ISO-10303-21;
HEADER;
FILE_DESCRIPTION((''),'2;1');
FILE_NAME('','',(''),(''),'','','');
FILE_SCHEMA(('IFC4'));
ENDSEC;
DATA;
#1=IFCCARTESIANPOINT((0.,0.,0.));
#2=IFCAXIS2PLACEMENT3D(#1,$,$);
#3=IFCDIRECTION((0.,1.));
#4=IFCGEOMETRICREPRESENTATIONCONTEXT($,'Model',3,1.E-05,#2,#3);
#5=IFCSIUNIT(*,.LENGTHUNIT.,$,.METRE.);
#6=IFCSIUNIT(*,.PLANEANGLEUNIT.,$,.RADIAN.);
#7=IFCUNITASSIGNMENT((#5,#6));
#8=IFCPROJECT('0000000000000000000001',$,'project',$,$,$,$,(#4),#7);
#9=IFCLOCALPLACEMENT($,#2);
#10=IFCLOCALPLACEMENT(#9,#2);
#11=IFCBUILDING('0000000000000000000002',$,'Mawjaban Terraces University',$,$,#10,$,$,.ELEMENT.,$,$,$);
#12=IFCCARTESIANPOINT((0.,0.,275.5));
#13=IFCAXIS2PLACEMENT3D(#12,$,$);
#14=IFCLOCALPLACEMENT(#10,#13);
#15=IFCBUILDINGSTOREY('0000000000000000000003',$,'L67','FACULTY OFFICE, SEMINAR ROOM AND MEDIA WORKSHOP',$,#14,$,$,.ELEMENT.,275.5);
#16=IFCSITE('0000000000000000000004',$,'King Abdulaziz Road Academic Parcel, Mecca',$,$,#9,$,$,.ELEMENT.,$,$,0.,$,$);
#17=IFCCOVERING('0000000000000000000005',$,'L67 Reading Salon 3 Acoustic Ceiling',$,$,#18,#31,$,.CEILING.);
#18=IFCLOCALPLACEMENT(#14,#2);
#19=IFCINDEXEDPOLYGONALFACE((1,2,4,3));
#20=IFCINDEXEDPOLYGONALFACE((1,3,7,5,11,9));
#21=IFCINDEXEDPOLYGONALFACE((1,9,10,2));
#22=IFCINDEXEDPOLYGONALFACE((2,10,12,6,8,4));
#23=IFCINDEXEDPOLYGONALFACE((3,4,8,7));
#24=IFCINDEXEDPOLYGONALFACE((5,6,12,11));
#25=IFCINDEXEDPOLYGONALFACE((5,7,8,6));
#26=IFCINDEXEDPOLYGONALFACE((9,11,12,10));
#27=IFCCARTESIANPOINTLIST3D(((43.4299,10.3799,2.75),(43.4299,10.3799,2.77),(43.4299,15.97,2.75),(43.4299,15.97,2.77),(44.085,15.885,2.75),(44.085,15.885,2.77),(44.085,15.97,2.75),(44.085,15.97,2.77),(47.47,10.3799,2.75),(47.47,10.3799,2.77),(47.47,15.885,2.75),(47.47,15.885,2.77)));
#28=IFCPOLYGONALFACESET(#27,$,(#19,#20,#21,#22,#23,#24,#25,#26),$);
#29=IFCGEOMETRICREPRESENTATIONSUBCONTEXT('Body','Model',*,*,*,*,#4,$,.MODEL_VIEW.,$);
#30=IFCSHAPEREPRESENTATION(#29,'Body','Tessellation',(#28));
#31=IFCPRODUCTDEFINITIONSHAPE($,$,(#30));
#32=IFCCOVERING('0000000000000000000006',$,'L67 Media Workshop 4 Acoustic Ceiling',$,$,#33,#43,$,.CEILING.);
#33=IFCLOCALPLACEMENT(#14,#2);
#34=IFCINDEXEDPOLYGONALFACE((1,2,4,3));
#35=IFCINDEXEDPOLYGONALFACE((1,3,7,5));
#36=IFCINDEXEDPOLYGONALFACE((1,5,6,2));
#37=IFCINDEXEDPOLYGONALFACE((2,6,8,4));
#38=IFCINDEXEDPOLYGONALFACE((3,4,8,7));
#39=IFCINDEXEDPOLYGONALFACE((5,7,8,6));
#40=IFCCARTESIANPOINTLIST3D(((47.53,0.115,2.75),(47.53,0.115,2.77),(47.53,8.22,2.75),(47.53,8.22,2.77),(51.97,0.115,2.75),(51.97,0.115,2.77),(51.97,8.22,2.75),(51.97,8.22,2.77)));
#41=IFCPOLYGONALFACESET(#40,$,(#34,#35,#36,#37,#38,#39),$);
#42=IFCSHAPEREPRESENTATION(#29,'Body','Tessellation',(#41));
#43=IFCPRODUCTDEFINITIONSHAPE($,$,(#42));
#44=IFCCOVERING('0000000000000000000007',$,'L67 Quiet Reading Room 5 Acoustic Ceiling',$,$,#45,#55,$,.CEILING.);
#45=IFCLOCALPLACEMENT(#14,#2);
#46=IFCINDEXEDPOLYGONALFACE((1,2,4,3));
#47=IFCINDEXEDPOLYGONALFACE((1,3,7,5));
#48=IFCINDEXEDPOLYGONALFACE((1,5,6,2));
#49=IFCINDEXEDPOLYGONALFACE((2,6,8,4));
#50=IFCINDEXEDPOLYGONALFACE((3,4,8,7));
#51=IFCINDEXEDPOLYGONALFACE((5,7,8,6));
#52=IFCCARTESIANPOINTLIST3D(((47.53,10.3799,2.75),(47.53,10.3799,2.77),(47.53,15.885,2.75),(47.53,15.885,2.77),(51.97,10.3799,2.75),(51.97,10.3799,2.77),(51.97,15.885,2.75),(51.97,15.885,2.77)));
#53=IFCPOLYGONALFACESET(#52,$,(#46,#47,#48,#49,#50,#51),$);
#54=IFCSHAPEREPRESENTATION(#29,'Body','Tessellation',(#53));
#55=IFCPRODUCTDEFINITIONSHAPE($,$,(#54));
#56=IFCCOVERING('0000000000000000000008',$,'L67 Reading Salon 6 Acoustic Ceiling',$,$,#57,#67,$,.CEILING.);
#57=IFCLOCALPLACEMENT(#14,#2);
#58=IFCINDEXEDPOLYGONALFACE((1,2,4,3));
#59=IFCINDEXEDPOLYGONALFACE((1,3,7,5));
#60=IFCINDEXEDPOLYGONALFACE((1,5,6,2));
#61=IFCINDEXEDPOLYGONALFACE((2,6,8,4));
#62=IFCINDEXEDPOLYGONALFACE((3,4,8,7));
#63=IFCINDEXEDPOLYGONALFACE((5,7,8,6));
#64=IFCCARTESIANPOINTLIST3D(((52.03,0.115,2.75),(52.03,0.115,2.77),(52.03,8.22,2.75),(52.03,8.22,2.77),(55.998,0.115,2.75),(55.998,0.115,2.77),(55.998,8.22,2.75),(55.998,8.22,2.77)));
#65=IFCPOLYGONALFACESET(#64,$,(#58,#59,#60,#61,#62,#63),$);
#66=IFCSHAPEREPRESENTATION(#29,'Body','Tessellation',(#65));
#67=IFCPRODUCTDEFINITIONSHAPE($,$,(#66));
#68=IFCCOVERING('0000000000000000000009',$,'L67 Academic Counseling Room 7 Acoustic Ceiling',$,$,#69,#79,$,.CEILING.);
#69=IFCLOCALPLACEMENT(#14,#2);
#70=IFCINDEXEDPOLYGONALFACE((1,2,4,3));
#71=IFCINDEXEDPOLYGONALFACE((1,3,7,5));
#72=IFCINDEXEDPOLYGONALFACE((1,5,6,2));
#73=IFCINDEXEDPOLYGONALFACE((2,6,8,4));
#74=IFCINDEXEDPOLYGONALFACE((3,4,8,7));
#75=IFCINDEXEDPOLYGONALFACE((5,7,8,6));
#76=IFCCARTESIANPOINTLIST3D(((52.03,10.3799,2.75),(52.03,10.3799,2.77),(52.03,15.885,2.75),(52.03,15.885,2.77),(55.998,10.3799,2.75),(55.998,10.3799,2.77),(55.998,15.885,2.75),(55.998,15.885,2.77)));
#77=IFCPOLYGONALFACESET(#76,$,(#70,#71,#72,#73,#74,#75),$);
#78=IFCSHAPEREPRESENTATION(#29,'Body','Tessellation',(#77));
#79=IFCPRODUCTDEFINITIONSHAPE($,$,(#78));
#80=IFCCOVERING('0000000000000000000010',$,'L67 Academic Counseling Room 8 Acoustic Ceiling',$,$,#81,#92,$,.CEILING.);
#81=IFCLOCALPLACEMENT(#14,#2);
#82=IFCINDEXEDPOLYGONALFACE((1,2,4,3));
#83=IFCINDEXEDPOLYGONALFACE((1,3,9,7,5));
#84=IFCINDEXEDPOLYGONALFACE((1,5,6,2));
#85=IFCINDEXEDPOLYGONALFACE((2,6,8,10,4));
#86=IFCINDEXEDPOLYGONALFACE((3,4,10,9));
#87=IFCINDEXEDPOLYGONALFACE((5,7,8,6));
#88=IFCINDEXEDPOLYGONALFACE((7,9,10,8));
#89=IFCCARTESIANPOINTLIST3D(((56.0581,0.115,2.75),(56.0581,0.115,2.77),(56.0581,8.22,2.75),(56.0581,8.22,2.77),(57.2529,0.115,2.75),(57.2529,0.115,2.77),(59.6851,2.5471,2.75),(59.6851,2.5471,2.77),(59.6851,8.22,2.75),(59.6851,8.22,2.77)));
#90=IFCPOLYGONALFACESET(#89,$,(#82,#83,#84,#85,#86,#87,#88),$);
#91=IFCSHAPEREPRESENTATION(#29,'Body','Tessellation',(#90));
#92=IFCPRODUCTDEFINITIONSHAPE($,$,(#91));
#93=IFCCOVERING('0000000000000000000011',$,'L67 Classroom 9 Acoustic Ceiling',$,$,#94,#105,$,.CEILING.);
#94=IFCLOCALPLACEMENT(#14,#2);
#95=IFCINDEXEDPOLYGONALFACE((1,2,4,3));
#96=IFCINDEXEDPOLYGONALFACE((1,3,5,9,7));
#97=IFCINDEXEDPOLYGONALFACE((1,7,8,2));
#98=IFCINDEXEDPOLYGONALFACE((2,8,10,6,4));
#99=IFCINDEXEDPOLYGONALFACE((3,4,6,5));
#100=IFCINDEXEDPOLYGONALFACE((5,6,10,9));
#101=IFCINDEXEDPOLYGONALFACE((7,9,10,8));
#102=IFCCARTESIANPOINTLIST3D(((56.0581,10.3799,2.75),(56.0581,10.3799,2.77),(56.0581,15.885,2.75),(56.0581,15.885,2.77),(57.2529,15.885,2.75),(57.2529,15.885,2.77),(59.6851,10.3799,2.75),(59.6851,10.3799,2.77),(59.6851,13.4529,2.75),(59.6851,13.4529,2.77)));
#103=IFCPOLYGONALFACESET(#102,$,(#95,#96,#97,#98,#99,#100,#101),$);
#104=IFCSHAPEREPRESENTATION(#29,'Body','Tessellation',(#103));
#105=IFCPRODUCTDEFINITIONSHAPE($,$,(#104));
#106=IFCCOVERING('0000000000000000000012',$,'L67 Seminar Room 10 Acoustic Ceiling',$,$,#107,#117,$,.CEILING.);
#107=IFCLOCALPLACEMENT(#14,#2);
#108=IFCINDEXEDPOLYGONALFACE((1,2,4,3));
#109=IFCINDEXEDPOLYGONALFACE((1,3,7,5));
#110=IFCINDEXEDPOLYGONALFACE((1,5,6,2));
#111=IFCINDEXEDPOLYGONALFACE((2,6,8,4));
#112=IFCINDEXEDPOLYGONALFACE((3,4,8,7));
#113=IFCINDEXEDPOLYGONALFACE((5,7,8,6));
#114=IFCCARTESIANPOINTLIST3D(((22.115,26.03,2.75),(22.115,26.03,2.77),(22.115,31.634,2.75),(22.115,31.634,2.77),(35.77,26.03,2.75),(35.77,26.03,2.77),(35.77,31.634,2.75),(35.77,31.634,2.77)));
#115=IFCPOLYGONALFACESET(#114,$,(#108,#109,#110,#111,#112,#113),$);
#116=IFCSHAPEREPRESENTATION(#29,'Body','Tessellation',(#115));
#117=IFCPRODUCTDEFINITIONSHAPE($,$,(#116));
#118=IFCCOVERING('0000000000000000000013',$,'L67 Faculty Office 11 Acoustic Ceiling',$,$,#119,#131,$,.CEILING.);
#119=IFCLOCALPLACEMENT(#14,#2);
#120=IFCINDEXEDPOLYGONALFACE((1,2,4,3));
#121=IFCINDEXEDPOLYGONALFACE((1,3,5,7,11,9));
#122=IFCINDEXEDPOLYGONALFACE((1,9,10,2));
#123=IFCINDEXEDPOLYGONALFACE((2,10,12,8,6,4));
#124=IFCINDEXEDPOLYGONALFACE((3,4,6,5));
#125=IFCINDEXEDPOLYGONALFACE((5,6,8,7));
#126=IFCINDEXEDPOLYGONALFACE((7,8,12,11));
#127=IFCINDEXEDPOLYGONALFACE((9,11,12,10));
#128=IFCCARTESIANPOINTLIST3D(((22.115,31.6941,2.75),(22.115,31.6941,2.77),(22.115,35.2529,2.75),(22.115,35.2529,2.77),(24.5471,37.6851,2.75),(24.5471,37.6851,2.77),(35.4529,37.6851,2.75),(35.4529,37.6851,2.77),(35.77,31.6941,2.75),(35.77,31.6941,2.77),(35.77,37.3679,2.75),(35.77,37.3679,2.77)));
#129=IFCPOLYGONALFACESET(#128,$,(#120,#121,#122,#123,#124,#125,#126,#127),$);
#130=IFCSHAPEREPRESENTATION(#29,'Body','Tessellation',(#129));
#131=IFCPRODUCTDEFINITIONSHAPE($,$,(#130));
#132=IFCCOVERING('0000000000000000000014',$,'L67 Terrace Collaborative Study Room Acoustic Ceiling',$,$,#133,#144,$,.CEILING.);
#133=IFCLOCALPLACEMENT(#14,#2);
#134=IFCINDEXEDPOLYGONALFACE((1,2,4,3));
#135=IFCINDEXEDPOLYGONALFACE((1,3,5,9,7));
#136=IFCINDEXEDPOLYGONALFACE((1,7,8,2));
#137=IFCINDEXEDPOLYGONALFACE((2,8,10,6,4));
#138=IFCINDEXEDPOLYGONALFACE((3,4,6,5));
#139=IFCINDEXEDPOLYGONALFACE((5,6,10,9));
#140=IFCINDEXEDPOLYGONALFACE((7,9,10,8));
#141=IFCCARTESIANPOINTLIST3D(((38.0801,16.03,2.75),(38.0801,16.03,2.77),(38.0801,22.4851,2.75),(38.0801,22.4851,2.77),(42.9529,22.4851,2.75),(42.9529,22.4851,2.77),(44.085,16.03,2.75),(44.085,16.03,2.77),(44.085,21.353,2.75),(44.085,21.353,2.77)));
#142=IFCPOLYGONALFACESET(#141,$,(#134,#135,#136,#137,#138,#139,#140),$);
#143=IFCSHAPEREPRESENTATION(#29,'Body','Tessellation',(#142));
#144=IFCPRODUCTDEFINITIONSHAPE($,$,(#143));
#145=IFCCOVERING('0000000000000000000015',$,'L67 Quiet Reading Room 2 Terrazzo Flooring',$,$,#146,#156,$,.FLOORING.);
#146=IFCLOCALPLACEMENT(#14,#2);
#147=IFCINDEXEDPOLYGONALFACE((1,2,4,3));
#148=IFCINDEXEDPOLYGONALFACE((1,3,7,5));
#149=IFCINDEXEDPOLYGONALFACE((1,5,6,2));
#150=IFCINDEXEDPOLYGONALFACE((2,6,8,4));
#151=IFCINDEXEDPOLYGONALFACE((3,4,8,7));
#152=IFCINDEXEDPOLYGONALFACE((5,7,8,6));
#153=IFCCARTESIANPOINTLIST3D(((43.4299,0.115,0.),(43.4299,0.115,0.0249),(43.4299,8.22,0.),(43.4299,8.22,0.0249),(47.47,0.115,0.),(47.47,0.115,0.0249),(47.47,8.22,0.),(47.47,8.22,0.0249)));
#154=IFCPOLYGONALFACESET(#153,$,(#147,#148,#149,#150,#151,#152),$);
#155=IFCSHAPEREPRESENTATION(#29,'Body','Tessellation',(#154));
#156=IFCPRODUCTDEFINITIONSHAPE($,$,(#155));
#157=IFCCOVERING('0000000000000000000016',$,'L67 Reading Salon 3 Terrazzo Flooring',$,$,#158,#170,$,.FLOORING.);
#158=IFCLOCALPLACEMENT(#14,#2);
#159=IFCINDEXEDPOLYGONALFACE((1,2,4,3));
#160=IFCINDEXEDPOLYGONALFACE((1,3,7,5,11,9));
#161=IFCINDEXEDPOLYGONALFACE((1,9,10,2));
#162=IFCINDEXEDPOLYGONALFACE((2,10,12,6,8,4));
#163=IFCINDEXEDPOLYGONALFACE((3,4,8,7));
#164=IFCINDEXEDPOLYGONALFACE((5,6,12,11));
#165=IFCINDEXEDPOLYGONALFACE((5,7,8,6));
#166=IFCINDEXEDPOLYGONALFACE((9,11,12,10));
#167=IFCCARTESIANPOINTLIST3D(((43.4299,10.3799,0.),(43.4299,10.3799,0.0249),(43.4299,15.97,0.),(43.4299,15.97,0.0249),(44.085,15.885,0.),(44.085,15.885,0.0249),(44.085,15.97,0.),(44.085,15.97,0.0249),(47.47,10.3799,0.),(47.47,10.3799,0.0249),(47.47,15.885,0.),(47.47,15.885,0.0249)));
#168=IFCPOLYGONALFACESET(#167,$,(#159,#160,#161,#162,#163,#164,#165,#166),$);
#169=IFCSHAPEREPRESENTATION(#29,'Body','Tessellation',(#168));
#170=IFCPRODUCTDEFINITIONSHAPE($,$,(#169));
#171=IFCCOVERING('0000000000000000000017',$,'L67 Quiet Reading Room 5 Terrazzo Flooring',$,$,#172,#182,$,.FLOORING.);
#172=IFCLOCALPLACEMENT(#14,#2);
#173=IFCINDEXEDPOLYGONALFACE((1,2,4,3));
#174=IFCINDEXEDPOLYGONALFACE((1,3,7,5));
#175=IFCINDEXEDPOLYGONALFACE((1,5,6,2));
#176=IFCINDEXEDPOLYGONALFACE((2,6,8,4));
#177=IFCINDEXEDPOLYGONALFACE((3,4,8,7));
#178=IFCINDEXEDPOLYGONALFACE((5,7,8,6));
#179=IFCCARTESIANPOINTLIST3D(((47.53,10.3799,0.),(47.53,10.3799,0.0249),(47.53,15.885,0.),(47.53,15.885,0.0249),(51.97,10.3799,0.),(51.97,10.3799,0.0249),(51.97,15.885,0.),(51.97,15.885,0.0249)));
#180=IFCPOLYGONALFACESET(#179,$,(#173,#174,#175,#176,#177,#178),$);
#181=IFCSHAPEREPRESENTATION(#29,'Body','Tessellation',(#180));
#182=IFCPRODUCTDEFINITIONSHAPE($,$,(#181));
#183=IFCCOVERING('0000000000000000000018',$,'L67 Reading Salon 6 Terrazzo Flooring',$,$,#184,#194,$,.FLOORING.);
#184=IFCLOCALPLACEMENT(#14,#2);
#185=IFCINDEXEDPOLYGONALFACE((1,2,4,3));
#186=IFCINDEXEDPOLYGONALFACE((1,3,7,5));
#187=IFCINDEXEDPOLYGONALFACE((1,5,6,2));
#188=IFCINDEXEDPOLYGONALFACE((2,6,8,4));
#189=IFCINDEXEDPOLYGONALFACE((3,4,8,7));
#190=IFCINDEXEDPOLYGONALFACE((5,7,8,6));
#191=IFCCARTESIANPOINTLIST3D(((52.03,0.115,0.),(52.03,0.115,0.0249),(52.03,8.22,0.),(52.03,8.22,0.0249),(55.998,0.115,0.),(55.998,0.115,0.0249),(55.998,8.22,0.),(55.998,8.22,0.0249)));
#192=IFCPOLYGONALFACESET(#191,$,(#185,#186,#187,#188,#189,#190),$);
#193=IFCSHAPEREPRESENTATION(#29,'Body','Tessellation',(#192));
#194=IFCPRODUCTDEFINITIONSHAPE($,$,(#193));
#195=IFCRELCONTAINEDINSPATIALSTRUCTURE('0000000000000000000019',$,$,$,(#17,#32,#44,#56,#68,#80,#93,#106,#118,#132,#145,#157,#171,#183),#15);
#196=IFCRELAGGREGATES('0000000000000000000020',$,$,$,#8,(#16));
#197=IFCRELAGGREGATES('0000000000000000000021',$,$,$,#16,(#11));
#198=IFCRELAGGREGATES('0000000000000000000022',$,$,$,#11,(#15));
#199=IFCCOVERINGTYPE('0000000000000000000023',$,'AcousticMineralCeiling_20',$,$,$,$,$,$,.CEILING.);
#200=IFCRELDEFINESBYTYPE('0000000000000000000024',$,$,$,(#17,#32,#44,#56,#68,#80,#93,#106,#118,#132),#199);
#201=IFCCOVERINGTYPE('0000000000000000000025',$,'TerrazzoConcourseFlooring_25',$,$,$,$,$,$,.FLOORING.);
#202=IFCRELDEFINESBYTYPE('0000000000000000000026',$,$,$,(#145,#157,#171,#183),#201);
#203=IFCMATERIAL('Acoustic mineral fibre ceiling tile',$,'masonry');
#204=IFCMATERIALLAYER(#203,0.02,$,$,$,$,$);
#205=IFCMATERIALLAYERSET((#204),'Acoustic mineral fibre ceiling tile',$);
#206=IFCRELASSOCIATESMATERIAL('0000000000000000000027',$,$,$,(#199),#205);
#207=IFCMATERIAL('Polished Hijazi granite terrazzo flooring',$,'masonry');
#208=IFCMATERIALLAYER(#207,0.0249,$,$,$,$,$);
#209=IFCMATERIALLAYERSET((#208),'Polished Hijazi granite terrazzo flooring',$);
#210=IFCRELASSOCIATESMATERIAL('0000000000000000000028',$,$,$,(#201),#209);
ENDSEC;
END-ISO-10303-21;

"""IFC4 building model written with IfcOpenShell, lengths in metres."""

from ifc_helpers import new_model, si_unit, direction, frame, origin, place, context, subcontext, project, spatial, polyline, outline, extrude, material, layer, layer_set, type_object, element, save


model = new_model("IFC4")

# Units and contexts
model_context = context("Model", 3, precision=1e-05, world=origin(), true_north=direction((0.0, 1.0)))
body_context = subcontext(model_context, "Body", "Model", "MODEL_VIEW")
ifc_project = project(units=[si_unit("LENGTHUNIT", "METRE"), si_unit("PLANEANGLEUNIT", "RADIAN")], contexts=[model_context])

# Site, building, storey
site_placement = place(None, origin())
site = spatial("IfcSite", under=ifc_project, at=site_placement, Name="King Abdulaziz Road Academic Parcel, Mecca", CompositionType="ELEMENT", RefElevation=0.0)
building_placement = place(site_placement, origin())
building = spatial("IfcBuilding", under=site, at=building_placement, Name="Mawjaban Terraces University", CompositionType="ELEMENT")
storey_placement = place(building_placement, frame((0.0, 0.0, 275.5)))
storey = spatial("IfcBuildingStorey", under=building, at=storey_placement, Name="L67", Description="FACULTY OFFICE, SEMINAR ROOM AND MEDIA WORKSHOP", CompositionType="ELEMENT", Elevation=275.5)

# Coverings
ifc_material_1 = material(Name="Acoustic mineral fibre ceiling tile", Category="masonry")
ifc_layer_1 = layer(ifc_material_1, 0.02)
ifc_layer_set_1 = layer_set([ifc_layer_1], Name="Acoustic mineral fibre ceiling tile")
covering_type_1 = type_object("IfcCoveringType", Name="AcousticMineralCeiling_20", PredefinedType="CEILING", material=ifc_layer_set_1)
covering_1_placement = place(storey_placement, frame((0.0, 0.0, 2.75)))
element("IfcCovering", 1, at=covering_1_placement, inside=storey, type_object=covering_type_1, Name="L67 Reading Salon 3 Acoustic Ceiling", PredefinedType="CEILING", context=body_context, shape_type="SweptSolid", body=[
    extrude(outline(polyline([(47.47, 15.885), (44.085, 15.885), (44.085, 15.97), (43.4299, 15.97), (43.4299, 10.3799), (47.47, 10.3799), (47.47, 15.885)])), origin(), (0.0, 0.0, 1.0), 0.02),
])
covering_2_placement = place(storey_placement, frame((0.0, 0.0, 2.75)))
element("IfcCovering", 2, at=covering_2_placement, inside=storey, type_object=covering_type_1, Name="L67 Media Workshop 4 Acoustic Ceiling", PredefinedType="CEILING", context=body_context, shape_type="SweptSolid", body=[
    extrude(outline(polyline([(47.53, 0.115), (51.97, 0.115), (51.97, 8.22), (47.53, 8.22), (47.53, 0.115)])), origin(), (0.0, 0.0, 1.0), 0.02),
])
covering_3_placement = place(storey_placement, frame((0.0, 0.0, 2.75)))
element("IfcCovering", 3, at=covering_3_placement, inside=storey, type_object=covering_type_1, Name="L67 Quiet Reading Room 5 Acoustic Ceiling", PredefinedType="CEILING", context=body_context, shape_type="SweptSolid", body=[
    extrude(outline(polyline([(51.97, 15.885), (47.53, 15.885), (47.53, 10.3799), (51.97, 10.3799), (51.97, 15.885)])), origin(), (0.0, 0.0, 1.0), 0.02),
])
covering_4_placement = place(storey_placement, frame((0.0, 0.0, 2.75)))
element("IfcCovering", 4, at=covering_4_placement, inside=storey, type_object=covering_type_1, Name="L67 Reading Salon 6 Acoustic Ceiling", PredefinedType="CEILING", context=body_context, shape_type="SweptSolid", body=[
    extrude(outline(polyline([(52.03, 0.115), (55.998, 0.115), (55.998, 8.22), (52.03, 8.22), (52.03, 0.115)])), origin(), (0.0, 0.0, 1.0), 0.02),
])
covering_5_placement = place(storey_placement, frame((0.0, 0.0, 2.75)))
element("IfcCovering", 5, at=covering_5_placement, inside=storey, type_object=covering_type_1, Name="L67 Academic Counseling Room 7 Acoustic Ceiling", PredefinedType="CEILING", context=body_context, shape_type="SweptSolid", body=[
    extrude(outline(polyline([(55.998, 15.885), (52.03, 15.885), (52.03, 10.3799), (55.998, 10.3799), (55.998, 15.885)])), origin(), (0.0, 0.0, 1.0), 0.02),
])
covering_6_placement = place(storey_placement, frame((0.0, 0.0, 2.75)))
element("IfcCovering", 6, at=covering_6_placement, inside=storey, type_object=covering_type_1, Name="L67 Academic Counseling Room 8 Acoustic Ceiling", PredefinedType="CEILING", context=body_context, shape_type="SweptSolid", body=[
    extrude(outline(polyline([(56.0581, 0.115), (57.2529, 0.115), (59.6851, 2.5471), (59.6851, 8.22), (56.0581, 8.22), (56.0581, 0.115)])), origin(), (0.0, 0.0, 1.0), 0.02),
])
covering_7_placement = place(storey_placement, frame((0.0, 0.0, 2.75)))
element("IfcCovering", 7, at=covering_7_placement, inside=storey, type_object=covering_type_1, Name="L67 Classroom 9 Acoustic Ceiling", PredefinedType="CEILING", context=body_context, shape_type="SweptSolid", body=[
    extrude(outline(polyline([(59.6851, 10.3799), (59.6851, 13.4529), (57.2529, 15.885), (56.0581, 15.885), (56.0581, 10.3799), (59.6851, 10.3799)])), origin(), (0.0, 0.0, 1.0), 0.02),
])
covering_8_placement = place(storey_placement, frame((0.0, 0.0, 2.75)))
element("IfcCovering", 8, at=covering_8_placement, inside=storey, type_object=covering_type_1, Name="L67 Seminar Room 10 Acoustic Ceiling", PredefinedType="CEILING", context=body_context, shape_type="SweptSolid", body=[
    extrude(outline(polyline([(22.115, 31.634), (22.115, 26.03), (35.77, 26.03), (35.77, 31.634), (22.115, 31.634)])), origin(), (0.0, 0.0, 1.0), 0.02),
])
covering_9_placement = place(storey_placement, frame((0.0, 0.0, 2.75)))
element("IfcCovering", 9, at=covering_9_placement, inside=storey, type_object=covering_type_1, Name="L67 Faculty Office 11 Acoustic Ceiling", PredefinedType="CEILING", context=body_context, shape_type="SweptSolid", body=[
    extrude(outline(polyline([(35.77, 37.3679), (35.4529, 37.6851), (24.5471, 37.6851), (22.115, 35.2529), (22.115, 31.6941), (35.77, 31.6941), (35.77, 37.3679)])), origin(), (0.0, 0.0, 1.0), 0.02),
])
covering_10_placement = place(storey_placement, frame((0.0, 0.0, 2.75)))
element("IfcCovering", 10, at=covering_10_placement, inside=storey, type_object=covering_type_1, Name="L67 Terrace Collaborative Study Room Acoustic Ceiling", PredefinedType="CEILING", context=body_context, shape_type="SweptSolid", body=[
    extrude(outline(polyline([(44.085, 16.03), (44.085, 21.353), (42.9529, 22.4851), (38.0801, 22.4851), (38.0801, 16.03), (44.085, 16.03)])), origin(), (0.0, 0.0, 1.0), 0.02),
])
ifc_material_2 = material(Name="Polished Hijazi granite terrazzo flooring", Category="masonry")
ifc_layer_2 = layer(ifc_material_2, 0.0249)
ifc_layer_set_2 = layer_set([ifc_layer_2], Name="Polished Hijazi granite terrazzo flooring")
covering_type_2 = type_object("IfcCoveringType", Name="TerrazzoConcourseFlooring_25", PredefinedType="FLOORING", material=ifc_layer_set_2)
covering_11_placement = place(storey_placement, origin())
element("IfcCovering", 11, at=covering_11_placement, inside=storey, type_object=covering_type_2, Name="L67 Quiet Reading Room 2 Terrazzo Flooring", PredefinedType="FLOORING", context=body_context, shape_type="SweptSolid", body=[
    extrude(outline(polyline([(43.4299, 0.115), (47.47, 0.115), (47.47, 8.22), (43.4299, 8.22), (43.4299, 0.115)])), origin(), (0.0, 0.0, 1.0), 0.0249),
])
covering_12_placement = place(storey_placement, origin())
element("IfcCovering", 12, at=covering_12_placement, inside=storey, type_object=covering_type_2, Name="L67 Reading Salon 3 Terrazzo Flooring", PredefinedType="FLOORING", context=body_context, shape_type="SweptSolid", body=[
    extrude(outline(polyline([(47.47, 15.885), (44.085, 15.885), (44.085, 15.97), (43.4299, 15.97), (43.4299, 10.3799), (47.47, 10.3799), (47.47, 15.885)])), origin(), (0.0, 0.0, 1.0), 0.0249),
])
covering_13_placement = place(storey_placement, origin())
element("IfcCovering", 13, at=covering_13_placement, inside=storey, type_object=covering_type_2, Name="L67 Quiet Reading Room 5 Terrazzo Flooring", PredefinedType="FLOORING", context=body_context, shape_type="SweptSolid", body=[
    extrude(outline(polyline([(51.97, 15.885), (47.53, 15.885), (47.53, 10.3799), (51.97, 10.3799), (51.97, 15.885)])), origin(), (0.0, 0.0, 1.0), 0.0249),
])
covering_14_placement = place(storey_placement, origin())
element("IfcCovering", 14, at=covering_14_placement, inside=storey, type_object=covering_type_2, Name="L67 Reading Salon 6 Terrazzo Flooring", PredefinedType="FLOORING", context=body_context, shape_type="SweptSolid", body=[
    extrude(outline(polyline([(52.03, 0.115), (55.998, 0.115), (55.998, 8.22), (52.03, 8.22), (52.03, 0.115)])), origin(), (0.0, 0.0, 1.0), 0.0249),
])

save(model, "model.ifc")
